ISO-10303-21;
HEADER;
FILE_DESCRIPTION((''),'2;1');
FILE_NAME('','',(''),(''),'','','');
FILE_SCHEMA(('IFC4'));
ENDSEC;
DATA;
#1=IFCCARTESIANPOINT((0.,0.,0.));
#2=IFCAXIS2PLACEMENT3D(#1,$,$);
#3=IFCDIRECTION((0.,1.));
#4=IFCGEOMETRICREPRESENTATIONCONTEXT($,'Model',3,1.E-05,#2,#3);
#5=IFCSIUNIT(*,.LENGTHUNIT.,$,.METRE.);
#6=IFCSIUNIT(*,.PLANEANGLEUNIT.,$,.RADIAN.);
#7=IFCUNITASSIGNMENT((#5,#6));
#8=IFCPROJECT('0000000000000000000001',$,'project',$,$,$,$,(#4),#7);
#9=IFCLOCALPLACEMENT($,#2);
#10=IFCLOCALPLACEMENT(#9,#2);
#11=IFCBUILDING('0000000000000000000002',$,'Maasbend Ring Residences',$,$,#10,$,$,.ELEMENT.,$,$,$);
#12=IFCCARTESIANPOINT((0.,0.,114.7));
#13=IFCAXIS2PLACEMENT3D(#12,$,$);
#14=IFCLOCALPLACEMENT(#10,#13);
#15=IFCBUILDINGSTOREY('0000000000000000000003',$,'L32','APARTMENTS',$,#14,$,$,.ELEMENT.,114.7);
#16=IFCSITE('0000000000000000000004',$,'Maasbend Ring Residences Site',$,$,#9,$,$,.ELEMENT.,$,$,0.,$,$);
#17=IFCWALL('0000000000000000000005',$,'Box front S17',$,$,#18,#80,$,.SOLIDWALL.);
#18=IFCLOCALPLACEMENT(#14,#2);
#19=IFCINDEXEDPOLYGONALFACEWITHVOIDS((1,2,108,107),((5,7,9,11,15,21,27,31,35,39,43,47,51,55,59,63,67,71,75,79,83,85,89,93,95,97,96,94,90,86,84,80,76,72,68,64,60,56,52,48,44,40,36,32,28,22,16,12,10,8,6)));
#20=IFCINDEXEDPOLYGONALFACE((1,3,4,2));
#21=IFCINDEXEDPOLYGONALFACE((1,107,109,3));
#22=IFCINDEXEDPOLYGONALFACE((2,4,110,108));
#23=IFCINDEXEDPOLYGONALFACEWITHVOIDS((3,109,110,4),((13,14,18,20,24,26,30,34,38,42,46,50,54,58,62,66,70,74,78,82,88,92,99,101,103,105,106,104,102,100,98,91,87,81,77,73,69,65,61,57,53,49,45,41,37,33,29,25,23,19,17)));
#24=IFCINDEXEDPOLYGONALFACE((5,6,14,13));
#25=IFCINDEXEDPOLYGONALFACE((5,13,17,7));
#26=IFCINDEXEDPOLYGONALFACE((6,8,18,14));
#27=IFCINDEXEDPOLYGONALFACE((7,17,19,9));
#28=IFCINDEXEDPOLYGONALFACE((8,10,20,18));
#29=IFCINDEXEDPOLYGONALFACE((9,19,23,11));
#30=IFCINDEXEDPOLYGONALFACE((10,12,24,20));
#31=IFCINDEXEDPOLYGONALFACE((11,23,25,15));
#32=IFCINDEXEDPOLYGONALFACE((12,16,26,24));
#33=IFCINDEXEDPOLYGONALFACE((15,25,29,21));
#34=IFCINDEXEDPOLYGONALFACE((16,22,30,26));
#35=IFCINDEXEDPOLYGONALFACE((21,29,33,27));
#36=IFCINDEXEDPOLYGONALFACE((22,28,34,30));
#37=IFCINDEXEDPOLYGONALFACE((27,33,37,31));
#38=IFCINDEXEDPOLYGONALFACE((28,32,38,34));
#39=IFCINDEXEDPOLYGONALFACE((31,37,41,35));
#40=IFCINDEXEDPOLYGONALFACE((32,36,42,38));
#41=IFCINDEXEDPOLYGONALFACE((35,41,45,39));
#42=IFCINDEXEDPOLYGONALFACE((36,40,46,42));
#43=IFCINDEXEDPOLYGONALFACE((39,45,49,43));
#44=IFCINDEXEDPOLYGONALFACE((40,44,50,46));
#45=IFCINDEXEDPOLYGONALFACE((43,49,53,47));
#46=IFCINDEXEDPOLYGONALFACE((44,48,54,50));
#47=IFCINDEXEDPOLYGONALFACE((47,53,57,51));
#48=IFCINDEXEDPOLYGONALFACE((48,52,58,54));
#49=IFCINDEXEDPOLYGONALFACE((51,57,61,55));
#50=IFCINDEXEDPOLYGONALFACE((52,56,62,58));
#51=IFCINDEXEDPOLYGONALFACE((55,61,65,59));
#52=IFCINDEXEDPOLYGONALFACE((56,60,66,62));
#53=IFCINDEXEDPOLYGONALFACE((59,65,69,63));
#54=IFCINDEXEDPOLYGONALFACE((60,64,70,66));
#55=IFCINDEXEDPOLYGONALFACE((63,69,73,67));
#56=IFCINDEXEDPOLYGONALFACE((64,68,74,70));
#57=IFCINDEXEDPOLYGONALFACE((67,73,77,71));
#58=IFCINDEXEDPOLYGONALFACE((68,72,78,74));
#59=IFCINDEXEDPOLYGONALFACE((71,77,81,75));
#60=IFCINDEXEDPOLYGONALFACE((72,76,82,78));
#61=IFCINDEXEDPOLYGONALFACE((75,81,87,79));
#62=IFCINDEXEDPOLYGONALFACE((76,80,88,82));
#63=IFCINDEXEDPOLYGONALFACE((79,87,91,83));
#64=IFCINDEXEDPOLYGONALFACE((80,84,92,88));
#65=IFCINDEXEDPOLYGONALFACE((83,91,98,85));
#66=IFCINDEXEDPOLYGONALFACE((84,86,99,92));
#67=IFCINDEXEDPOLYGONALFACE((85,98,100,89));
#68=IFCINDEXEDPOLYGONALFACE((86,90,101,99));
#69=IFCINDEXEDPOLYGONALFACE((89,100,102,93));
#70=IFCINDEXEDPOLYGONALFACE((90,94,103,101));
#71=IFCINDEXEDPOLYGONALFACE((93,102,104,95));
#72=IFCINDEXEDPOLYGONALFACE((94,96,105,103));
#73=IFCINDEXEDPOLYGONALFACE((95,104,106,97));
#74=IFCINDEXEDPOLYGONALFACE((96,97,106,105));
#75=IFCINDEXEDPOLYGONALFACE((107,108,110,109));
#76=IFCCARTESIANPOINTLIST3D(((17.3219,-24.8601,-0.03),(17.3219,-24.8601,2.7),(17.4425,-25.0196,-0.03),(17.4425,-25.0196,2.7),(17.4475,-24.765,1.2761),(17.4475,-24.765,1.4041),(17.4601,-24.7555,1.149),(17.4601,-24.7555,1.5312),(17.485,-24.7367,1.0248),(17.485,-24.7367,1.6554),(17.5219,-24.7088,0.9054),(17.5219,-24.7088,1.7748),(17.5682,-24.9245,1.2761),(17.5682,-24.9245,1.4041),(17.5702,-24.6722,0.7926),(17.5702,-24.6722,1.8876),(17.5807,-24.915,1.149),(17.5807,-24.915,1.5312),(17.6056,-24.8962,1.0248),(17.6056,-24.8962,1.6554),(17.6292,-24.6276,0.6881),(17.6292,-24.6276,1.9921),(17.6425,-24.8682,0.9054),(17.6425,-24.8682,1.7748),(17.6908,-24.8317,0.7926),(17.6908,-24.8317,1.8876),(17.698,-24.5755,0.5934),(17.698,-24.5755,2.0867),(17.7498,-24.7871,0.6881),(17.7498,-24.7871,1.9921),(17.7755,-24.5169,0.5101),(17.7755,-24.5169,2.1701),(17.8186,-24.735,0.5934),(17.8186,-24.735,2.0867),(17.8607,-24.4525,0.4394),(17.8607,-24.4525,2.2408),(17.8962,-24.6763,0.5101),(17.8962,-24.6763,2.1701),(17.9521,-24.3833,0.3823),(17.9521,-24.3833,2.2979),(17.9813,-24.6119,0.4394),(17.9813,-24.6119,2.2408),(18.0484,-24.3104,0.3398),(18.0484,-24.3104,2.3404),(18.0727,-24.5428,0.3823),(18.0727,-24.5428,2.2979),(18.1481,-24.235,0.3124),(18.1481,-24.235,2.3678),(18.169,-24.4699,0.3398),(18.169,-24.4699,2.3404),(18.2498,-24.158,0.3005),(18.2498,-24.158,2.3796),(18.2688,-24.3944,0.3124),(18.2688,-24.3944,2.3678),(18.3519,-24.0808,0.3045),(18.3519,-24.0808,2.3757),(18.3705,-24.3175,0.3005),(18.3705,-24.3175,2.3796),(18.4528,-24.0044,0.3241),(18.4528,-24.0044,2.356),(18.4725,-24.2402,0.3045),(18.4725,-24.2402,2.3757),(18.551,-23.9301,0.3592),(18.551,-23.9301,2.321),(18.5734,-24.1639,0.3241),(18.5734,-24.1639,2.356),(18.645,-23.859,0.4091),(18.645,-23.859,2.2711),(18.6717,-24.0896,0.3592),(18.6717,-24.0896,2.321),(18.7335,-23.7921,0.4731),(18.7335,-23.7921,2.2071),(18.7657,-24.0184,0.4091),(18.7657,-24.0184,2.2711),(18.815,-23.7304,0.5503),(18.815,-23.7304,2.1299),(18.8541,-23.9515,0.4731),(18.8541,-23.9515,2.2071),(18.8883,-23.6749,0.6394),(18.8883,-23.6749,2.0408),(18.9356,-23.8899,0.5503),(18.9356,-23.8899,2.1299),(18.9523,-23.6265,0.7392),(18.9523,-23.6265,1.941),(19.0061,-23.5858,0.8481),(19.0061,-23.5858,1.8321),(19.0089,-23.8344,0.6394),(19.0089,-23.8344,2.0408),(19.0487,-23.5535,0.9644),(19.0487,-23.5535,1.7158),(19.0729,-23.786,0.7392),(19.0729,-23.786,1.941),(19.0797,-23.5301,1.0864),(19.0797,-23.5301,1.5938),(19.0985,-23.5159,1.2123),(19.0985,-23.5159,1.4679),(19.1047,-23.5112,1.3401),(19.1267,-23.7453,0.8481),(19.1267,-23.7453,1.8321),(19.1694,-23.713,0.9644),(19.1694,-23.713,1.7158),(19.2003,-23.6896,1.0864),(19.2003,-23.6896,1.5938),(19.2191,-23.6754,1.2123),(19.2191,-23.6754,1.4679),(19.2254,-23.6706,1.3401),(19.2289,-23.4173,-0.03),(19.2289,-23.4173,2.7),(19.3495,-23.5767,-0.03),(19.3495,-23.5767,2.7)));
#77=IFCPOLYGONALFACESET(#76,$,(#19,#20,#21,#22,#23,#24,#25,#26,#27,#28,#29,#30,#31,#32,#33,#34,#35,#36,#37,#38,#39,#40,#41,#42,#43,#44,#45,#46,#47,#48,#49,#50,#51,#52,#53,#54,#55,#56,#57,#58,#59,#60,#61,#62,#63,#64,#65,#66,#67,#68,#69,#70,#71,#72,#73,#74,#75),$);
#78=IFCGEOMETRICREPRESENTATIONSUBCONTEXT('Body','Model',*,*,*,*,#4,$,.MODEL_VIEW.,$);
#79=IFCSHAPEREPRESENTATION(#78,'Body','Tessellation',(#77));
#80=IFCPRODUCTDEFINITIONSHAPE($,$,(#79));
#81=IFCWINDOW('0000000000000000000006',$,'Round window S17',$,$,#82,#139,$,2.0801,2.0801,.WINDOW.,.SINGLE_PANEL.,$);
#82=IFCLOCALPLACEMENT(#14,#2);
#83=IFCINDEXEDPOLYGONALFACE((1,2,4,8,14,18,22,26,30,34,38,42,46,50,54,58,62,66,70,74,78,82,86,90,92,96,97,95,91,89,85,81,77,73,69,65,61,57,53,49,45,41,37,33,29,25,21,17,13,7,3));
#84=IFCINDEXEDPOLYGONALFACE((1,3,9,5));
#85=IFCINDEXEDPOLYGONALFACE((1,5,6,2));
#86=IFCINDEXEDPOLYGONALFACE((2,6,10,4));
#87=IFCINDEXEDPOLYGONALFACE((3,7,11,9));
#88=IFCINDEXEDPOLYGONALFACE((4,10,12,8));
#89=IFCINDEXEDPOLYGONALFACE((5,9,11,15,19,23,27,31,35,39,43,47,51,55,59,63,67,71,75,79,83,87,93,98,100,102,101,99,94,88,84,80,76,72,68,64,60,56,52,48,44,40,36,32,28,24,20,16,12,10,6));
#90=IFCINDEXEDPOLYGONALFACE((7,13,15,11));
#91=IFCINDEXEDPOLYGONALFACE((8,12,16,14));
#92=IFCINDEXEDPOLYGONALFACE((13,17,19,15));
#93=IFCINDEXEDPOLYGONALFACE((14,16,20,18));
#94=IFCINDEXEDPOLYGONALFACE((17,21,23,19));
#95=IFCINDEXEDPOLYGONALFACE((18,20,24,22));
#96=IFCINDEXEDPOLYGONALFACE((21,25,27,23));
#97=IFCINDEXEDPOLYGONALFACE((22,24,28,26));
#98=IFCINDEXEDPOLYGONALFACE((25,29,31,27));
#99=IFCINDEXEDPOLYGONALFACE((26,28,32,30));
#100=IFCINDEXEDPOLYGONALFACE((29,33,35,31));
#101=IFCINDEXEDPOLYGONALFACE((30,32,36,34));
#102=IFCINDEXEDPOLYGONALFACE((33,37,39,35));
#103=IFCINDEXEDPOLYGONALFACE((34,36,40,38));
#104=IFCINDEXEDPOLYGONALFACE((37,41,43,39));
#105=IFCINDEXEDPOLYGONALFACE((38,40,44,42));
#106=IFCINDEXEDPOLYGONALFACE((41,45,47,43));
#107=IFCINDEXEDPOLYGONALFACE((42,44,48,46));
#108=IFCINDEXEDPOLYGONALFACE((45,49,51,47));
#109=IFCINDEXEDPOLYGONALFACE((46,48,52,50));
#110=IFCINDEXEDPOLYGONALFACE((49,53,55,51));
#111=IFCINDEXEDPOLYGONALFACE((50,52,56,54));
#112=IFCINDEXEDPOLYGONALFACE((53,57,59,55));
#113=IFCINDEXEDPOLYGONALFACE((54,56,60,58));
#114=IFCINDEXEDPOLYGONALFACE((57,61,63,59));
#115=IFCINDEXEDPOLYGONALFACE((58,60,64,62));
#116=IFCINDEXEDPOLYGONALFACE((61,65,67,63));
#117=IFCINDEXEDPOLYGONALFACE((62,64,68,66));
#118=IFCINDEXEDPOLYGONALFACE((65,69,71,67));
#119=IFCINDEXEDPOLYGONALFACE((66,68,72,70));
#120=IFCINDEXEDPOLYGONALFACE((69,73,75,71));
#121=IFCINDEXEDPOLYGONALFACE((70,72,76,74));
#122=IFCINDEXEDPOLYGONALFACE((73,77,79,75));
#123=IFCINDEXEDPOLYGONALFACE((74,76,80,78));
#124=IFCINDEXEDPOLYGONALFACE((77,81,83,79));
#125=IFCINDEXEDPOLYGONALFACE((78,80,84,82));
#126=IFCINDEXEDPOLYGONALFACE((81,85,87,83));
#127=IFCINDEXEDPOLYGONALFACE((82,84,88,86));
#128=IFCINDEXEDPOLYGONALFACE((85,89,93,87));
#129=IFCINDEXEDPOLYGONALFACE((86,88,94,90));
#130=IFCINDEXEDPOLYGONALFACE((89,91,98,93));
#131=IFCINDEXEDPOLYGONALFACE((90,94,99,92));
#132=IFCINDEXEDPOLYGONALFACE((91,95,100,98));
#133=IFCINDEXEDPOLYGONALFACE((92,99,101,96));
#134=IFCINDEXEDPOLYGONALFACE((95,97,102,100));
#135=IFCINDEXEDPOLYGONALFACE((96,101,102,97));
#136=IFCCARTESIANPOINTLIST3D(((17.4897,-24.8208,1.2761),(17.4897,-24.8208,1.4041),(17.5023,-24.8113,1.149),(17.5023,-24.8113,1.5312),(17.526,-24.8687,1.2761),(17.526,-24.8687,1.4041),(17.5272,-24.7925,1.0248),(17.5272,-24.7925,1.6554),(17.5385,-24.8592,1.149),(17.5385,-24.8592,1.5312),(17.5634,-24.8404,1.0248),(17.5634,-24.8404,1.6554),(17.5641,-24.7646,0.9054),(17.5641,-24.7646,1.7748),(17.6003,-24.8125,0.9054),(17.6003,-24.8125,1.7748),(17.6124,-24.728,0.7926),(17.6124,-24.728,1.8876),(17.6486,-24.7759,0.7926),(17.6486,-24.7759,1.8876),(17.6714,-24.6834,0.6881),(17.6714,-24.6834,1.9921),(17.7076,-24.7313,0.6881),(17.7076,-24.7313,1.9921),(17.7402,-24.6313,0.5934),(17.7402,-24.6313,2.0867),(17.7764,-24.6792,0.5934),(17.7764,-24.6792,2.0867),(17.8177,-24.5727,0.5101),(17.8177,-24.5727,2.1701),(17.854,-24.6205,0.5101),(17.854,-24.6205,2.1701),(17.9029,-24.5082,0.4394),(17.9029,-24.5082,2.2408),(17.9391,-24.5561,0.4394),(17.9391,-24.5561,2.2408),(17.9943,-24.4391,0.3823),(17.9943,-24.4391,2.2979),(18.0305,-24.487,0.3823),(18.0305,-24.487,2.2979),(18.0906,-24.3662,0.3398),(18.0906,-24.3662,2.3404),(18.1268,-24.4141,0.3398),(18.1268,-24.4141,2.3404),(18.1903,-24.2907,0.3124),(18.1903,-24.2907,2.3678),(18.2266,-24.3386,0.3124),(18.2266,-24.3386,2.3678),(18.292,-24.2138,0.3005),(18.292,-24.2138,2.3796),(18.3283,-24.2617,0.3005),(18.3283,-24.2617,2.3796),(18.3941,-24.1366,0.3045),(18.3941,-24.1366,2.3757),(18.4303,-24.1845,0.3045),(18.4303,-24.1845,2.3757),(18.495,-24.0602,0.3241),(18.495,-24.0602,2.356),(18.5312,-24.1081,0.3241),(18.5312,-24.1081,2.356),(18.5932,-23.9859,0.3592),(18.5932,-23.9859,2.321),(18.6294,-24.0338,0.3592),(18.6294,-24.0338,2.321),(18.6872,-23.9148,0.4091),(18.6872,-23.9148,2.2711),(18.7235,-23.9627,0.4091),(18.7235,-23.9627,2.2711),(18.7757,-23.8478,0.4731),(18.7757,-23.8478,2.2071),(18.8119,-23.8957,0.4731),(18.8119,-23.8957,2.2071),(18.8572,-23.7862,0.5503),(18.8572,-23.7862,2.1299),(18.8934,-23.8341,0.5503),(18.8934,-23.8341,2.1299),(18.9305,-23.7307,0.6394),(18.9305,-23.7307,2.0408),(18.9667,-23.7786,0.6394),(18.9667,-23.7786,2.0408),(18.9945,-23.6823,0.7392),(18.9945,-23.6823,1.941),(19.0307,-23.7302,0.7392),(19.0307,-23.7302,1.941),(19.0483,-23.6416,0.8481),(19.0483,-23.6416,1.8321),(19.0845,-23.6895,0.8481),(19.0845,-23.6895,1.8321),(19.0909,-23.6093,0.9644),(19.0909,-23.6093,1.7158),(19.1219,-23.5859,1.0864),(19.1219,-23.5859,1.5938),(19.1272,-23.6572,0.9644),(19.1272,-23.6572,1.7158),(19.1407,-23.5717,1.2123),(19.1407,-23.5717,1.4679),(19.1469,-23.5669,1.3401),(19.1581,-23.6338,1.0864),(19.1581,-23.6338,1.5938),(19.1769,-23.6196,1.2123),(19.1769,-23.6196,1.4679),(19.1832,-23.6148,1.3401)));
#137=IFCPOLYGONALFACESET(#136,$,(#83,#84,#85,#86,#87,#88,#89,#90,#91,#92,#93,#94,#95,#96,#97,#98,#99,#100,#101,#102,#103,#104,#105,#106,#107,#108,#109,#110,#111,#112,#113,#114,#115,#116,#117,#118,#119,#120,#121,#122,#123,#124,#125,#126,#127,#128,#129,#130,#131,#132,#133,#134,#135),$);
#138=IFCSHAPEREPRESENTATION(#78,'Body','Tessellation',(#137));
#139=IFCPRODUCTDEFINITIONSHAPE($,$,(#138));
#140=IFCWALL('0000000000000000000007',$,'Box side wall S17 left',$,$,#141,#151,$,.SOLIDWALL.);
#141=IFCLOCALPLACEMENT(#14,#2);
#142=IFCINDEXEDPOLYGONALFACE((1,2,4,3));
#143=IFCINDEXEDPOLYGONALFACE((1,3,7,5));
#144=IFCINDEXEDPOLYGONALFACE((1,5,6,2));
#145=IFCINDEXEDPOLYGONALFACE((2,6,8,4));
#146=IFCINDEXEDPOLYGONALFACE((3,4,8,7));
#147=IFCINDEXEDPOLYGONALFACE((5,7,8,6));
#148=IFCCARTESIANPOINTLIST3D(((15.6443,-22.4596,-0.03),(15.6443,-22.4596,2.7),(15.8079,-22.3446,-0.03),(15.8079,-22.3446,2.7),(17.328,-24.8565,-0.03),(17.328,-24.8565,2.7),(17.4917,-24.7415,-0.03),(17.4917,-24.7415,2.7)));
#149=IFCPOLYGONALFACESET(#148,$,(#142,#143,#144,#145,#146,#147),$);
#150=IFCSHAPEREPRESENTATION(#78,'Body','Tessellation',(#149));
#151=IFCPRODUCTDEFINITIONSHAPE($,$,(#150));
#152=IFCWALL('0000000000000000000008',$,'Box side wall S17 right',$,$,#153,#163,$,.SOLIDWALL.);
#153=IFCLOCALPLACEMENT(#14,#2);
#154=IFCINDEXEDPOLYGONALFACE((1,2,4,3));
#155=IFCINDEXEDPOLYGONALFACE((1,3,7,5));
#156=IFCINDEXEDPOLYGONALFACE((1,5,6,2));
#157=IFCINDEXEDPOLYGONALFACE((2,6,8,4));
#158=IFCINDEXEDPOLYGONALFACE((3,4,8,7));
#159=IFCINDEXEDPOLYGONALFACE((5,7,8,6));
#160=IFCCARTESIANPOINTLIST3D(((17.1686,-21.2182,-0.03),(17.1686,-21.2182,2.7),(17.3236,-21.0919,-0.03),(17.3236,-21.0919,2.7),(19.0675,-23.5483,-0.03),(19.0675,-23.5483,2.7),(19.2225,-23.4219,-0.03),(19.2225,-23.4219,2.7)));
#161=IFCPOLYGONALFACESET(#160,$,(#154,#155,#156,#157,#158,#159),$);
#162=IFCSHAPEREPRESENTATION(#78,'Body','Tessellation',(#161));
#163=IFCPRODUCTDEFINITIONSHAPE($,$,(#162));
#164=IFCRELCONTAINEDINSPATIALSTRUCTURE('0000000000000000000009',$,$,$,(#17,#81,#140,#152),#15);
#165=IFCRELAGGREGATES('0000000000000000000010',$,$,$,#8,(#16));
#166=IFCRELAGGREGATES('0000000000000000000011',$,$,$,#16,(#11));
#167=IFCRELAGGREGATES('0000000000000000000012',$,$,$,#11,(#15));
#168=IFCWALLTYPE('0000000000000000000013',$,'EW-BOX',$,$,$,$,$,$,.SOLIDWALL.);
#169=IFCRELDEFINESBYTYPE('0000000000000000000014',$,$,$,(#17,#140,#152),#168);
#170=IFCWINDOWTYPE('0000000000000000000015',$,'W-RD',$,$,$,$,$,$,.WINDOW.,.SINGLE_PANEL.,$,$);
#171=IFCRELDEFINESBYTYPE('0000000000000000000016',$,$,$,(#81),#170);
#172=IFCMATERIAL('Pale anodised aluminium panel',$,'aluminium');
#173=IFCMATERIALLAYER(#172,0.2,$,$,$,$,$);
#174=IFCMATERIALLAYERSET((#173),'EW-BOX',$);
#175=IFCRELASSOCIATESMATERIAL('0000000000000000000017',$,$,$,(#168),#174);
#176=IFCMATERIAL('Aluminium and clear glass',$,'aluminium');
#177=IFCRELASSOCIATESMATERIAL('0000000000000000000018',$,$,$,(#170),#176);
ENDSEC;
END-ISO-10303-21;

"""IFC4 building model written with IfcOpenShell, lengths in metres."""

from ifc_helpers import new_model, si_unit, direction, frame, frame_2d, origin, place, context, subcontext, project, spatial, rectangle, circle, extrude, material, layer, layer_set, type_object, element, fill, save


model = new_model("IFC4")

# Units and contexts
model_context = context("Model", 3, precision=1e-05, world=origin(), true_north=direction((0.0, 1.0)))
body_context = subcontext(model_context, "Body", "Model", "MODEL_VIEW")
ifc_project = project(units=[si_unit("LENGTHUNIT", "METRE"), si_unit("PLANEANGLEUNIT", "RADIAN")], contexts=[model_context])

# Site, building, storey
site_placement = place(None, origin())
site = spatial("IfcSite", under=ifc_project, at=site_placement, Name="Maasbend Ring Residences Site", CompositionType="ELEMENT", RefElevation=0.0)
building_placement = place(site_placement, origin())
building = spatial("IfcBuilding", under=site, at=building_placement, Name="Maasbend Ring Residences", CompositionType="ELEMENT")
storey_placement = place(building_placement, frame((0.0, 0.0, 114.7)))
storey = spatial("IfcBuildingStorey", under=building, at=storey_placement, Name="L32", Description="APARTMENTS", CompositionType="ELEMENT", Elevation=114.7)

# Shared definitions
ifc_material_1 = material(Name="Pale anodised aluminium panel", Category="aluminium")
ifc_layer_1 = layer(ifc_material_1, 0.2)
ifc_layer_set_1 = layer_set([ifc_layer_1], Name="EW-BOX")
wall_type_1 = type_object("IfcWallType", Name="EW-BOX", PredefinedType="SOLIDWALL", material=ifc_layer_set_1)
ifc_material_2 = material(Name="Aluminium and clear glass", Category="aluminium")
window_type_1 = type_object("IfcWindowType", Name="W-RD", PartitioningType="SINGLE_PANEL", PredefinedType="WINDOW", material=ifc_material_2)

# Wall, opening, window
wall_1_placement = place(storey_placement, frame((17.3821, -24.9399, -0.03), z_axis=(0.0, 0.0, 1.0), x_axis=(0.797457, 0.603376, 0.0)))
wall_1 = element("IfcWall", 1, at=wall_1_placement, inside=storey, type_object=wall_type_1, Name="Box front S17", PredefinedType="SOLIDWALL", context=body_context, shape_type="SweptSolid", body=[
    extrude(rectangle(XDim=2.3914, YDim=0.2, at=frame_2d((1.1958, 0.0))), origin(), (0.0, 0.0, 1.0), 2.73),
])
opening_1_placement = place(wall_1_placement, frame((0.1558, 0.0, 0.3301)))
opening_1 = element("IfcOpeningElement", 2, at=opening_1_placement, cuts=wall_1, PredefinedType="OPENING", context=body_context, shape_type="SweptSolid", body=[
    extrude(circle(Radius=1.04, at=frame_2d((1.04, 1.04))), frame((0.0, 0.1099, 0.0), z_axis=(0.0, -1.0, 0.0), x_axis=(1.0, 0.0, 0.0)), (0.0, 0.0, 1.0), 0.22),
])
window_1_placement = place(opening_1_placement, origin())
window_1 = element("IfcWindow", 3, at=window_1_placement, inside=storey, type_object=window_type_1, Name="Round window S17", OverallHeight=2.0801, OverallWidth=2.0801, PartitioningType="SINGLE_PANEL", PredefinedType="WINDOW", context=body_context, shape_type="SweptSolid", body=[
    extrude(circle(Radius=1.04, at=frame_2d((1.04, 1.04))), frame((0.0, 0.03, 0.0), z_axis=(0.0, -1.0, 0.0), x_axis=(1.0, 0.0, 0.0)), (0.0, 0.0, 1.0), 0.0601),
])
fill(opening_1, window_1)

# Walls
wall_2_placement = place(storey_placement, frame((15.7261, -22.4021, -0.03), z_axis=(0.0, 0.0, 1.0), x_axis=(0.574826, -0.818275, 0.0)))
element("IfcWall", 4, at=wall_2_placement, inside=storey, type_object=wall_type_1, Name="Box side wall S17 left", PredefinedType="SOLIDWALL", context=body_context, shape_type="SweptSolid", body=[
    extrude(rectangle(XDim=2.9292, YDim=0.2, at=frame_2d((1.4646, 0.0))), origin(), (0.0, 0.0, 1.0), 2.73),
])
wall_3_placement = place(storey_placement, frame((17.2461, -21.155, -0.03), z_axis=(0.0, 0.0, 1.0), x_axis=(0.631742, -0.775179, 0.0)))
element("IfcWall", 5, at=wall_3_placement, inside=storey, type_object=wall_type_1, Name="Box side wall S17 right", PredefinedType="SOLIDWALL", context=body_context, shape_type="SweptSolid", body=[
    extrude(rectangle(XDim=3.0059, YDim=0.2, at=frame_2d((1.5029, 0.0))), origin(), (0.0, 0.0, 1.0), 2.73),
])

save(model, "model.ifc")
